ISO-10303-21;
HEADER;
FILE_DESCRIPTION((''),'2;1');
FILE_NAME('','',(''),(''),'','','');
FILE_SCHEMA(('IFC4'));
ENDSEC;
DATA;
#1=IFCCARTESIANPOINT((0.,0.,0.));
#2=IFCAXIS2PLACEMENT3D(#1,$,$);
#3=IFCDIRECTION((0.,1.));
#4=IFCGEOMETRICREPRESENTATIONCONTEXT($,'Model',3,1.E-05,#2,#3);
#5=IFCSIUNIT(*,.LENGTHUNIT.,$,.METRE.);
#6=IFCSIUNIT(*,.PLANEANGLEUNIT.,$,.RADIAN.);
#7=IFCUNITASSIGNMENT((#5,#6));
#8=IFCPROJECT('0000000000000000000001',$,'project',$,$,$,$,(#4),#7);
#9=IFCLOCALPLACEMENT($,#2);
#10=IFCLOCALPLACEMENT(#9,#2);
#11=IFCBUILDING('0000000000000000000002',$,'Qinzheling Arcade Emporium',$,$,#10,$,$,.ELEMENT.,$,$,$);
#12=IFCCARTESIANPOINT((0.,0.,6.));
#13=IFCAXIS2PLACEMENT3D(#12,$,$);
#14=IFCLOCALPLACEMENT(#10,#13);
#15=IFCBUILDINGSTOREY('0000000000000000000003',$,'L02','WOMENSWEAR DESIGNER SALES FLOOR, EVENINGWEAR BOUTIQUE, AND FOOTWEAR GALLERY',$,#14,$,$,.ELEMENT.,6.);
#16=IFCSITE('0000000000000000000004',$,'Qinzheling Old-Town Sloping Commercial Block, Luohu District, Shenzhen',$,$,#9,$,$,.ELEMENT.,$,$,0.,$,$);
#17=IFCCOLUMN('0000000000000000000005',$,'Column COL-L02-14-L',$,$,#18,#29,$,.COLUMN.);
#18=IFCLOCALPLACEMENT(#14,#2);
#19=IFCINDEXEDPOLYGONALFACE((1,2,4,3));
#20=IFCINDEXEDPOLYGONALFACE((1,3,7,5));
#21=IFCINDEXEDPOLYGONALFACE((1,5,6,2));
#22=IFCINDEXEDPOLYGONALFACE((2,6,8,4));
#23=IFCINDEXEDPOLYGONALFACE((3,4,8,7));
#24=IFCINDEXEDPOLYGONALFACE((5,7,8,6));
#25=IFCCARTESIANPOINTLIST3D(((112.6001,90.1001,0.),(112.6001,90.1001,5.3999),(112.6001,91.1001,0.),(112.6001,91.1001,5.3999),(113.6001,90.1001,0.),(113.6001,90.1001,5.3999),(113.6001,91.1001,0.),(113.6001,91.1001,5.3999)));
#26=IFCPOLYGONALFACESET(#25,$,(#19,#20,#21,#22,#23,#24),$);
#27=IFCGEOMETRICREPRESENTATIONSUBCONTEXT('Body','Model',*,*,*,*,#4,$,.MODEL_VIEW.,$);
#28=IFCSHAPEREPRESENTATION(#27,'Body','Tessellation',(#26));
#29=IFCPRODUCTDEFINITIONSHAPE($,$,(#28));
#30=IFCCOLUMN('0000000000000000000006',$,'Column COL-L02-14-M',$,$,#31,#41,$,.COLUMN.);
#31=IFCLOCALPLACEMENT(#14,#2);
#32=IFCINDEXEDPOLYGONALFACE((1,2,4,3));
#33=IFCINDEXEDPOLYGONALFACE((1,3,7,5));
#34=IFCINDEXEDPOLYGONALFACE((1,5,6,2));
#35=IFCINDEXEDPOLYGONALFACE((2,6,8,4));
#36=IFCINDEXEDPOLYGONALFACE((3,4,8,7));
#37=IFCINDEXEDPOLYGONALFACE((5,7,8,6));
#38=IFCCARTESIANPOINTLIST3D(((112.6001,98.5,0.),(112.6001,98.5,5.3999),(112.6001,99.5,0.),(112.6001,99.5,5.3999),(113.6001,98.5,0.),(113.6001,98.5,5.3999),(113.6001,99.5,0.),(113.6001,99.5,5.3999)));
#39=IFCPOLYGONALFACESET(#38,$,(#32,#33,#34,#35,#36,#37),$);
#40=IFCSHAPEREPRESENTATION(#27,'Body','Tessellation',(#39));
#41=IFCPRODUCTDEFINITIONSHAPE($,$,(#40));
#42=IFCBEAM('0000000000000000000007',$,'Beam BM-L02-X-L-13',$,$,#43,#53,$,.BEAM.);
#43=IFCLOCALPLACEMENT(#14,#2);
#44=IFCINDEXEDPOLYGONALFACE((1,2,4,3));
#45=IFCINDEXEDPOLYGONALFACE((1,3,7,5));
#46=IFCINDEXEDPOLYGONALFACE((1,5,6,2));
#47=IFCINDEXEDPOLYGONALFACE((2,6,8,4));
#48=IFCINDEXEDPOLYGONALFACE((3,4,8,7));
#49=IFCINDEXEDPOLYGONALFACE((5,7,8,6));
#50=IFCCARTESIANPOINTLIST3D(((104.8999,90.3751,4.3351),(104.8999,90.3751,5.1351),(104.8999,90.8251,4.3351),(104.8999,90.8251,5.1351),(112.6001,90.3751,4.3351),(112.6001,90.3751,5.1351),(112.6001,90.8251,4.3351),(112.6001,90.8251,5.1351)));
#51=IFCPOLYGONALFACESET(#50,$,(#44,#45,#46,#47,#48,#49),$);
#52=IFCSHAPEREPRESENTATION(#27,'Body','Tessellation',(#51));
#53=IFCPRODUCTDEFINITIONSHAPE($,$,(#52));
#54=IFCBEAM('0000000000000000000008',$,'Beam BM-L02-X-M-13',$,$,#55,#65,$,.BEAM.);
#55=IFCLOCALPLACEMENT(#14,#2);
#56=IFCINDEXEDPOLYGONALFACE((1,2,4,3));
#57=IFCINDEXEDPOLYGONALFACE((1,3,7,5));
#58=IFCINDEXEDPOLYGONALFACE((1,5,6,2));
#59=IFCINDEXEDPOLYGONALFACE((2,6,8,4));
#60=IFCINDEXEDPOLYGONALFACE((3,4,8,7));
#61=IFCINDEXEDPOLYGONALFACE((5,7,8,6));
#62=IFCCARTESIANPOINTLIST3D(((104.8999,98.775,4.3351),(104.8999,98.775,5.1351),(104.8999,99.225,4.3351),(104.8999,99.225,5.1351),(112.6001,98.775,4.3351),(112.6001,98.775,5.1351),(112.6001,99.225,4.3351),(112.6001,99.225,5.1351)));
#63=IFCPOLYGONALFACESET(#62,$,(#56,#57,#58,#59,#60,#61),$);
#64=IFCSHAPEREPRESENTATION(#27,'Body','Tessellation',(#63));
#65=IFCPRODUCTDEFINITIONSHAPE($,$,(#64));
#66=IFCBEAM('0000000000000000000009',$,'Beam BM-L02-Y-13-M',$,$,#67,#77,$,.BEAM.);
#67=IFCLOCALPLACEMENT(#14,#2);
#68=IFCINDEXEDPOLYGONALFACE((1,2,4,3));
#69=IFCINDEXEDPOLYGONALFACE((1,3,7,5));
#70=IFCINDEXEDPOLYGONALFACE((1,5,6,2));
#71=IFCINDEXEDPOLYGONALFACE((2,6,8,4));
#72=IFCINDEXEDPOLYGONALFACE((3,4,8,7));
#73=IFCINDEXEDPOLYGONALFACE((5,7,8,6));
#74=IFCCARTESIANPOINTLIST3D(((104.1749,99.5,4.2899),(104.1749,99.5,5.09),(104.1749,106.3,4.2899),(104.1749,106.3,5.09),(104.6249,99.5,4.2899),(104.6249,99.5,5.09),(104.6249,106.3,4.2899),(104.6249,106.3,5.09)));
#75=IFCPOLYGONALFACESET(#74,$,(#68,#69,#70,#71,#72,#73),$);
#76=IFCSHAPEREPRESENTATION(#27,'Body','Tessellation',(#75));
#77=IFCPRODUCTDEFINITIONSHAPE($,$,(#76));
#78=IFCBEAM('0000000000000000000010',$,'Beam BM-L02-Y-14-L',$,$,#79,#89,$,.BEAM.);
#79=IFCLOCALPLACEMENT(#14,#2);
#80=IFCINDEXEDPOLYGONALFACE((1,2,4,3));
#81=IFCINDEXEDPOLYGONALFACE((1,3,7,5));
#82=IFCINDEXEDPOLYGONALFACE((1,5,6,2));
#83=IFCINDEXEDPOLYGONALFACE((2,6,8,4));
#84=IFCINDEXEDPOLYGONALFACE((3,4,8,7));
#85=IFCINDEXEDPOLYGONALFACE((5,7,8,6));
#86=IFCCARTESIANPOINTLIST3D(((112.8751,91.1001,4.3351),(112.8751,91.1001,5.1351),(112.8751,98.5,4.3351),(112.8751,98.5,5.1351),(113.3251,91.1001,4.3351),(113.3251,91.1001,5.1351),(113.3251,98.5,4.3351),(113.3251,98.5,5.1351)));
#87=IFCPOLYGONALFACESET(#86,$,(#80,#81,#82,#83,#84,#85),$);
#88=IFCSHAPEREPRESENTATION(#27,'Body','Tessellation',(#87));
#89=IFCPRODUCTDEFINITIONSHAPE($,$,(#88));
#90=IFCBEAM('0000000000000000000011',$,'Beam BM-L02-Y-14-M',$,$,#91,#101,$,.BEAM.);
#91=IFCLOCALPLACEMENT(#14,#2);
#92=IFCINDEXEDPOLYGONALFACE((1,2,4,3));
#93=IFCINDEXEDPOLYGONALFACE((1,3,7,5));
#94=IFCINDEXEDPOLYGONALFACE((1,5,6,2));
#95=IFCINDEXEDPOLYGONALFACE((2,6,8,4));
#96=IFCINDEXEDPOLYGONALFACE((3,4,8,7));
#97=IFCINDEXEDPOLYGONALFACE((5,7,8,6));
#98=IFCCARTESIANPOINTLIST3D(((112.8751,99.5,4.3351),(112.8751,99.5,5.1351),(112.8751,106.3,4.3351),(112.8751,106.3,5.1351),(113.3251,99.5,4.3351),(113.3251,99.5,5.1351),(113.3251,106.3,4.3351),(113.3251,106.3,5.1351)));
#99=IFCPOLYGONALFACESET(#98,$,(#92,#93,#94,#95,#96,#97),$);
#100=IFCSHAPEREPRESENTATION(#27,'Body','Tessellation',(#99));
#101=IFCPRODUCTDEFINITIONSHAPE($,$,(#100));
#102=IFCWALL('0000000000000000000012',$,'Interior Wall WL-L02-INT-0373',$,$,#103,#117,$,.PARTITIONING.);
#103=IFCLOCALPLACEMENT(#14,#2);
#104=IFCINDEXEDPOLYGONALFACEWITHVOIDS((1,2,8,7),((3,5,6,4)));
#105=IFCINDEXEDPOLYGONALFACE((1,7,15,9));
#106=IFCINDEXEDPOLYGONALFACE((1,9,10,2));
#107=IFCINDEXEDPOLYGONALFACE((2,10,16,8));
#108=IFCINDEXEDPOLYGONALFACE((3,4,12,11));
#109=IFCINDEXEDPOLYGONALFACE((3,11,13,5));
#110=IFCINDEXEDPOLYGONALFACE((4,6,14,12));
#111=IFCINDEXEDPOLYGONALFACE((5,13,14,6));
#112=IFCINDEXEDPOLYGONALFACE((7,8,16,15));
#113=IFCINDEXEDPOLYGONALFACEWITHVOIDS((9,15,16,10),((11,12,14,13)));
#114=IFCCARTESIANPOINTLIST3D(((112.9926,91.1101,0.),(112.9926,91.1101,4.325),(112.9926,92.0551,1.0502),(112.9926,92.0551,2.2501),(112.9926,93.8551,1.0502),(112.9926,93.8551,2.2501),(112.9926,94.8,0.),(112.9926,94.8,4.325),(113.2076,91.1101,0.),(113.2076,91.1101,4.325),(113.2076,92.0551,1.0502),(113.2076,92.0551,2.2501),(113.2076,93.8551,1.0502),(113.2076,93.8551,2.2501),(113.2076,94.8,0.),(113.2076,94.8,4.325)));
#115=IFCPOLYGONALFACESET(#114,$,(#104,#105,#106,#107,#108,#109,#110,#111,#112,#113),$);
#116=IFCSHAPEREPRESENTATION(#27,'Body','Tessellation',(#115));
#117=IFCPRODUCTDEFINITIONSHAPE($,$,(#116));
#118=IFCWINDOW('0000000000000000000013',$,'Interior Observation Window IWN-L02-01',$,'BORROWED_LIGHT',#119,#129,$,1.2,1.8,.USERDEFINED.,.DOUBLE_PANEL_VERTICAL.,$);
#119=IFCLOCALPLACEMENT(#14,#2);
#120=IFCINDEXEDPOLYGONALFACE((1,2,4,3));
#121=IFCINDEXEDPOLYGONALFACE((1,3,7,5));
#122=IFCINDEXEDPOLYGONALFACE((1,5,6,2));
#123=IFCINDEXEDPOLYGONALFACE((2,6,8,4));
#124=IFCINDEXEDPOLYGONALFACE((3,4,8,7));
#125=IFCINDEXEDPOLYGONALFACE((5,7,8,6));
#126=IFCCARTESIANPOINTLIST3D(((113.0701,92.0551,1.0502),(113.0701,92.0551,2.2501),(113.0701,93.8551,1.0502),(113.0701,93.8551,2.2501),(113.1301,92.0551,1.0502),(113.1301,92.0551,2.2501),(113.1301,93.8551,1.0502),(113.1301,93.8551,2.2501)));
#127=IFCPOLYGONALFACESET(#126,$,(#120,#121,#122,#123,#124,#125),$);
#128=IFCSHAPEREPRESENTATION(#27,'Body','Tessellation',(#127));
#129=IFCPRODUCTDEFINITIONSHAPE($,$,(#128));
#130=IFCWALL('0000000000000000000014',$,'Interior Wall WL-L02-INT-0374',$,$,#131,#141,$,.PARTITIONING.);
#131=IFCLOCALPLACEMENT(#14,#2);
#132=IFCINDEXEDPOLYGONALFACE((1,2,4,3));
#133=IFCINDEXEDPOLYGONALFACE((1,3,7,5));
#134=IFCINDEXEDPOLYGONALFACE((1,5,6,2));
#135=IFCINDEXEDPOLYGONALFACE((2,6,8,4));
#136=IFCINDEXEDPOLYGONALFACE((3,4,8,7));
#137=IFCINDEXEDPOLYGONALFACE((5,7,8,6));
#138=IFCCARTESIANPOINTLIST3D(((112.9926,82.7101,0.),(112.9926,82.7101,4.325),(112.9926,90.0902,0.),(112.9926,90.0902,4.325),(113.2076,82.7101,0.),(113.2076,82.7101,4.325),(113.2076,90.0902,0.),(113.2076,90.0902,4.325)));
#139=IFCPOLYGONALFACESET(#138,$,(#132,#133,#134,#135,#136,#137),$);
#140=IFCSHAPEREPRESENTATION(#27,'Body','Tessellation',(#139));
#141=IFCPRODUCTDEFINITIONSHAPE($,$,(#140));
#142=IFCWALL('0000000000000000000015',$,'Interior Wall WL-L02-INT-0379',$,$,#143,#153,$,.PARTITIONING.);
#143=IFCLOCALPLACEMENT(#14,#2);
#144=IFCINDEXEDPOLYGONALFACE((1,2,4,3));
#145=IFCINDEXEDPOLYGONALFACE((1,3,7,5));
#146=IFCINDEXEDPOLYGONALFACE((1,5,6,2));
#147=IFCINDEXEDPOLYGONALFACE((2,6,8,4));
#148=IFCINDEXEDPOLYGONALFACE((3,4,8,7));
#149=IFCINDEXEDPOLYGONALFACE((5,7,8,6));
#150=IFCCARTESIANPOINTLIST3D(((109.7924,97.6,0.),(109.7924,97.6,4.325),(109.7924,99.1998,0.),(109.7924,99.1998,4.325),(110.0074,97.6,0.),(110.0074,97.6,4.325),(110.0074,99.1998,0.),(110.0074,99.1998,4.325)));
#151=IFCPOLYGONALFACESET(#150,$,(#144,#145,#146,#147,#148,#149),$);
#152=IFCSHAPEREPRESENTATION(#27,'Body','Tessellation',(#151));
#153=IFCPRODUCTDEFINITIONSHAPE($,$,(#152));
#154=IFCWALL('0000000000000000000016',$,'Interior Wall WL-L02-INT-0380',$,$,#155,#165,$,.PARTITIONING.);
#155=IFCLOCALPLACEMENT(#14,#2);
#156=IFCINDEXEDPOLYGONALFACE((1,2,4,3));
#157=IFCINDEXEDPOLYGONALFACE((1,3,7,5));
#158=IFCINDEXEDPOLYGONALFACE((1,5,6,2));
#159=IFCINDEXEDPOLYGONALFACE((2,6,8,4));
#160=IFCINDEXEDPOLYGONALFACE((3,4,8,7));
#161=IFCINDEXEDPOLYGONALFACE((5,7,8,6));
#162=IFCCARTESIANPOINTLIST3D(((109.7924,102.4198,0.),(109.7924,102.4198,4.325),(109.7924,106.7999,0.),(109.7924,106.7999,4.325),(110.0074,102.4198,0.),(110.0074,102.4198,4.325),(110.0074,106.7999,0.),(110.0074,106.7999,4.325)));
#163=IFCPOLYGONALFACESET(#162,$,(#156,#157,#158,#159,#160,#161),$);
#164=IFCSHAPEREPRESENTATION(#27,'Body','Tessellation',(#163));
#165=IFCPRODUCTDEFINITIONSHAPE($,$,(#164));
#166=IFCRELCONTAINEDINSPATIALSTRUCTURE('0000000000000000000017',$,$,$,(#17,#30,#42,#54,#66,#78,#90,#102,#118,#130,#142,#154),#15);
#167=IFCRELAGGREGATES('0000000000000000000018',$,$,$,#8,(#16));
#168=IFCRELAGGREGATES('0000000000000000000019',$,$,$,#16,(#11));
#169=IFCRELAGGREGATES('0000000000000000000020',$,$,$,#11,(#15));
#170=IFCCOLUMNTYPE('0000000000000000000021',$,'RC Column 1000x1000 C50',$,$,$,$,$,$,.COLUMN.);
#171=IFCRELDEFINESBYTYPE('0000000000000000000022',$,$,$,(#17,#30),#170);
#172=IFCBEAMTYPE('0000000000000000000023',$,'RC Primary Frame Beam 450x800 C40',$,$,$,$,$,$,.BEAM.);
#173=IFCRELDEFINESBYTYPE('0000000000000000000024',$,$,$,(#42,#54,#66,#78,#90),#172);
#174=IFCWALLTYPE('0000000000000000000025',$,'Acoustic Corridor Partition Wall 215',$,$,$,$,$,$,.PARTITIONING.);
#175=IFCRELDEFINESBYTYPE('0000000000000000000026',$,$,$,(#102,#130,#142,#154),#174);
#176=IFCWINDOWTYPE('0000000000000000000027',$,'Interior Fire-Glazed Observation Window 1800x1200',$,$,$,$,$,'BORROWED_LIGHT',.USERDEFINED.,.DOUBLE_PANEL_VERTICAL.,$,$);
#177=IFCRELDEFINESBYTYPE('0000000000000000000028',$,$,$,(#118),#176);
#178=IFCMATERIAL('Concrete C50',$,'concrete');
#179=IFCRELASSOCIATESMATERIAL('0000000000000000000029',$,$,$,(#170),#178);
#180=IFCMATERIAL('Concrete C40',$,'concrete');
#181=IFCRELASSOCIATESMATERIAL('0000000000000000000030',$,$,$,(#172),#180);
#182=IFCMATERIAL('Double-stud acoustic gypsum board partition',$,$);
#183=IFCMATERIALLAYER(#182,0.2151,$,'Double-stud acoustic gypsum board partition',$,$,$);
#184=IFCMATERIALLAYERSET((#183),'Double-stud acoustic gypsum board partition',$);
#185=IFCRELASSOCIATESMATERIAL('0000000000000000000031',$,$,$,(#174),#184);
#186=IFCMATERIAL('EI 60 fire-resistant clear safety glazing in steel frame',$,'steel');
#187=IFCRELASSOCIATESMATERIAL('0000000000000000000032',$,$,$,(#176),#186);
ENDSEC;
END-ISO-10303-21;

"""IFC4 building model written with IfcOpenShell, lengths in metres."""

from ifc_helpers import new_model, si_unit, direction, frame, frame_2d, origin, origin_2d, place, context, subcontext, project, spatial, rectangle, extrude, material, layer, layer_set, material_profile, profile_set, type_object, element, fill, save


model = new_model("IFC4")

# Units and contexts
model_context = context("Model", 3, precision=1e-05, world=origin(), true_north=direction((0.0, 1.0)))
body_context = subcontext(model_context, "Body", "Model", "MODEL_VIEW")
ifc_project = project(units=[si_unit("LENGTHUNIT", "METRE"), si_unit("PLANEANGLEUNIT", "RADIAN")], contexts=[model_context])

# Site, building, storey
site_placement = place(None, origin())
site = spatial("IfcSite", under=ifc_project, at=site_placement, Name="Qinzheling Old-Town Sloping Commercial Block, Luohu District, Shenzhen", CompositionType="ELEMENT", RefElevation=0.0)
building_placement = place(site_placement, origin())
building = spatial("IfcBuilding", under=site, at=building_placement, Name="Qinzheling Arcade Emporium", CompositionType="ELEMENT")
storey_placement = place(building_placement, frame((0.0, 0.0, 6.0)))
storey = spatial("IfcBuildingStorey", under=building, at=storey_placement, Name="L02", Description="WOMENSWEAR DESIGNER SALES FLOOR, EVENINGWEAR BOUTIQUE, AND FOOTWEAR GALLERY", CompositionType="ELEMENT", Elevation=6.0)

# Columns
ifc_material_1 = material(Name="Concrete C50", Category="concrete")
ifc_material_profile_1 = material_profile(ifc_material_1, rectangle(XDim=1.0, YDim=1.0, at=origin_2d()), Name="RC 1000x1000", Category="concrete")
ifc_profile_set_1 = profile_set([ifc_material_profile_1], Name="Concrete C50")
column_type = type_object("IfcColumnType", Name="RC Column 1000x1000 C50", PredefinedType="COLUMN", material=ifc_profile_set_1)
for number, where, z_axis, x_axis, name in (
    (1, (113.1001, 90.6001, 0.0), (0.0, 0.0, 1.0), (1.0, 0.0, 0.0), "Column COL-L02-14-L"),
    (2, (113.1001, 99.0, 0.0), (0.0, 0.0, 1.0), (1.0, 0.0, 0.0), "Column COL-L02-14-M"),
):
    element("IfcColumn", number, at=place(storey_placement, frame(where, z_axis=z_axis, x_axis=x_axis)), inside=storey, type_object=column_type, Name=name, PredefinedType="COLUMN", context=body_context, shape_type="SweptSolid", body=[
        extrude(rectangle(XDim=1.0, YDim=1.0, at=origin_2d()), origin(), (0.0, 0.0, 1.0), 5.3999),
    ])

# Beams
ifc_material_2 = material(Name="Concrete C40", Category="concrete")
ifc_material_profile_2 = material_profile(ifc_material_2, rectangle(XDim=0.45, YDim=0.8, at=origin_2d()), Name="RC 450x800", Category="concrete")
ifc_profile_set_2 = profile_set([ifc_material_profile_2], Name="Concrete C40")
beam_type = type_object("IfcBeamType", Name="RC Primary Frame Beam 450x800 C40", PredefinedType="BEAM", material=ifc_profile_set_2)
for number, where, z_axis, x_axis, name in (
    (3, (104.8999, 90.6001, 4.7351), (1.0, 0.0, 0.0), (0.0, 1.0, 0.0), "Beam BM-L02-X-L-13"),
    (4, (104.8999, 99.0, 4.7351), (1.0, 0.0, 0.0), (0.0, 1.0, 0.0), "Beam BM-L02-X-M-13"),
):
    element("IfcBeam", number, at=place(storey_placement, frame(where, z_axis=z_axis, x_axis=x_axis)), inside=storey, type_object=beam_type, Name=name, PredefinedType="BEAM", context=body_context, shape_type="SweptSolid", body=[
        extrude(rectangle(XDim=0.45, YDim=0.8, at=origin_2d()), origin(), (0.0, 0.0, 1.0), 7.7002),
    ])
beam_1_placement = place(storey_placement, frame((104.3999, 99.5, 4.6899), z_axis=(0.0, 1.0, 0.0), x_axis=(-1.0, 0.0, 0.0)))
element("IfcBeam", 5, at=beam_1_placement, inside=storey, type_object=beam_type, Name="Beam BM-L02-Y-13-M", PredefinedType="BEAM", context=body_context, shape_type="SweptSolid", body=[
    extrude(rectangle(XDim=0.45, YDim=0.8, at=origin_2d()), origin(), (0.0, 0.0, 1.0), 6.8),
])
beam_2_placement = place(storey_placement, frame((113.1001, 91.1001, 4.7351), z_axis=(0.0, 1.0, 0.0), x_axis=(-1.0, 0.0, 0.0)))
element("IfcBeam", 6, at=beam_2_placement, inside=storey, type_object=beam_type, Name="Beam BM-L02-Y-14-L", PredefinedType="BEAM", context=body_context, shape_type="SweptSolid", body=[
    extrude(rectangle(XDim=0.45, YDim=0.8, at=origin_2d()), origin(), (0.0, 0.0, 1.0), 7.3999),
])
beam_3_placement = place(storey_placement, frame((113.1001, 99.5, 4.7351), z_axis=(0.0, 1.0, 0.0), x_axis=(-1.0, 0.0, 0.0)))
element("IfcBeam", 7, at=beam_3_placement, inside=storey, type_object=beam_type, Name="Beam BM-L02-Y-14-M", PredefinedType="BEAM", context=body_context, shape_type="SweptSolid", body=[
    extrude(rectangle(XDim=0.45, YDim=0.8, at=origin_2d()), origin(), (0.0, 0.0, 1.0), 6.8),
])

# Wall, opening, window
ifc_material_3 = material(Name="Double-stud acoustic gypsum board partition")
ifc_layer_1 = layer(ifc_material_3, 0.2151, Name="Double-stud acoustic gypsum board partition")
ifc_layer_set_1 = layer_set([ifc_layer_1], Name="Double-stud acoustic gypsum board partition")
wall_type_1 = type_object("IfcWallType", Name="Acoustic Corridor Partition Wall 215", PredefinedType="PARTITIONING", material=ifc_layer_set_1)
wall_1_placement = place(storey_placement, frame((113.1001, 94.8, 0.0), z_axis=(0.0, 0.0, 1.0), x_axis=(0.0, -1.0, 0.0)))
wall_1 = element("IfcWall", 8, at=wall_1_placement, inside=storey, type_object=wall_type_1, Name="Interior Wall WL-L02-INT-0373", PredefinedType="PARTITIONING", context=body_context, shape_type="SweptSolid", body=[
    extrude(rectangle(XDim=3.6899, YDim=0.2151, at=frame_2d((1.845, 0.0))), origin(), (0.0, 0.0, 1.0), 4.325),
])
opening_1_placement = place(wall_1_placement, frame((0.9451, 0.0, 1.05)))
opening_1 = element("IfcOpeningElement", 9, at=opening_1_placement, cuts=wall_1, PredefinedType="OPENING", context=body_context, shape_type="SweptSolid", body=[
    extrude(rectangle(XDim=1.8, YDim=1.2, at=frame_2d((0.8999, 0.6001))), frame((0.0, 0.1177, 0.0), z_axis=(0.0, -1.0, 0.0), x_axis=(1.0, 0.0, 0.0)), (0.0, 0.0, 1.0), 0.2351),
])
ifc_material_4 = material(Name="EI 60 fire-resistant clear safety glazing in steel frame", Category="steel")
window_type = type_object("IfcWindowType", Name="Interior Fire-Glazed Observation Window 1800x1200", ElementType="BORROWED_LIGHT", PartitioningType="DOUBLE_PANEL_VERTICAL", PredefinedType="USERDEFINED", material=ifc_material_4)
window_placement = place(opening_1_placement, origin())
window = element("IfcWindow", 10, at=window_placement, inside=storey, type_object=window_type, Name="Interior Observation Window IWN-L02-01", ObjectType="BORROWED_LIGHT", OverallHeight=1.2, OverallWidth=1.8, PartitioningType="DOUBLE_PANEL_VERTICAL", PredefinedType="USERDEFINED", context=body_context, shape_type="SweptSolid", body=[
    extrude(rectangle(XDim=1.8, YDim=1.2, at=frame_2d((0.8999, 0.6001))), frame((0.0, 0.03, 0.0), z_axis=(0.0, -1.0, 0.0), x_axis=(1.0, 0.0, 0.0)), (0.0, 0.0, 1.0), 0.0601),
])
fill(opening_1, window)

# Walls
wall_2_placement = place(storey_placement, frame((113.1001, 90.0901, 0.0), z_axis=(0.0, 0.0, 1.0), x_axis=(0.0, -1.0, 0.0)))
element("IfcWall", 11, at=wall_2_placement, inside=storey, type_object=wall_type_1, Name="Interior Wall WL-L02-INT-0374", PredefinedType="PARTITIONING", context=body_context, shape_type="SweptSolid", body=[
    extrude(rectangle(XDim=7.3801, YDim=0.2151, at=frame_2d((3.6899, 0.0))), origin(), (0.0, 0.0, 1.0), 4.325),
])
wall_3_placement = place(storey_placement, frame((109.8999, 97.6001, 0.0), z_axis=(0.0, 0.0, 1.0), x_axis=(0.0, 1.0, 0.0)))
element("IfcWall", 12, at=wall_3_placement, inside=storey, type_object=wall_type_1, Name="Interior Wall WL-L02-INT-0379", PredefinedType="PARTITIONING", context=body_context, shape_type="SweptSolid", body=[
    extrude(rectangle(XDim=1.5999, YDim=0.2151, at=frame_2d((0.7998, 0.0))), origin(), (0.0, 0.0, 1.0), 4.325),
])
wall_4_placement = place(storey_placement, frame((109.8999, 102.4199, 0.0), z_axis=(0.0, 0.0, 1.0), x_axis=(0.0, 1.0, 0.0)))
element("IfcWall", 13, at=wall_4_placement, inside=storey, type_object=wall_type_1, Name="Interior Wall WL-L02-INT-0380", PredefinedType="PARTITIONING", context=body_context, shape_type="SweptSolid", body=[
    extrude(rectangle(XDim=4.3801, YDim=0.2151, at=frame_2d((2.1899, 0.0))), origin(), (0.0, 0.0, 1.0), 4.325),
])

save(model, "model.ifc")
